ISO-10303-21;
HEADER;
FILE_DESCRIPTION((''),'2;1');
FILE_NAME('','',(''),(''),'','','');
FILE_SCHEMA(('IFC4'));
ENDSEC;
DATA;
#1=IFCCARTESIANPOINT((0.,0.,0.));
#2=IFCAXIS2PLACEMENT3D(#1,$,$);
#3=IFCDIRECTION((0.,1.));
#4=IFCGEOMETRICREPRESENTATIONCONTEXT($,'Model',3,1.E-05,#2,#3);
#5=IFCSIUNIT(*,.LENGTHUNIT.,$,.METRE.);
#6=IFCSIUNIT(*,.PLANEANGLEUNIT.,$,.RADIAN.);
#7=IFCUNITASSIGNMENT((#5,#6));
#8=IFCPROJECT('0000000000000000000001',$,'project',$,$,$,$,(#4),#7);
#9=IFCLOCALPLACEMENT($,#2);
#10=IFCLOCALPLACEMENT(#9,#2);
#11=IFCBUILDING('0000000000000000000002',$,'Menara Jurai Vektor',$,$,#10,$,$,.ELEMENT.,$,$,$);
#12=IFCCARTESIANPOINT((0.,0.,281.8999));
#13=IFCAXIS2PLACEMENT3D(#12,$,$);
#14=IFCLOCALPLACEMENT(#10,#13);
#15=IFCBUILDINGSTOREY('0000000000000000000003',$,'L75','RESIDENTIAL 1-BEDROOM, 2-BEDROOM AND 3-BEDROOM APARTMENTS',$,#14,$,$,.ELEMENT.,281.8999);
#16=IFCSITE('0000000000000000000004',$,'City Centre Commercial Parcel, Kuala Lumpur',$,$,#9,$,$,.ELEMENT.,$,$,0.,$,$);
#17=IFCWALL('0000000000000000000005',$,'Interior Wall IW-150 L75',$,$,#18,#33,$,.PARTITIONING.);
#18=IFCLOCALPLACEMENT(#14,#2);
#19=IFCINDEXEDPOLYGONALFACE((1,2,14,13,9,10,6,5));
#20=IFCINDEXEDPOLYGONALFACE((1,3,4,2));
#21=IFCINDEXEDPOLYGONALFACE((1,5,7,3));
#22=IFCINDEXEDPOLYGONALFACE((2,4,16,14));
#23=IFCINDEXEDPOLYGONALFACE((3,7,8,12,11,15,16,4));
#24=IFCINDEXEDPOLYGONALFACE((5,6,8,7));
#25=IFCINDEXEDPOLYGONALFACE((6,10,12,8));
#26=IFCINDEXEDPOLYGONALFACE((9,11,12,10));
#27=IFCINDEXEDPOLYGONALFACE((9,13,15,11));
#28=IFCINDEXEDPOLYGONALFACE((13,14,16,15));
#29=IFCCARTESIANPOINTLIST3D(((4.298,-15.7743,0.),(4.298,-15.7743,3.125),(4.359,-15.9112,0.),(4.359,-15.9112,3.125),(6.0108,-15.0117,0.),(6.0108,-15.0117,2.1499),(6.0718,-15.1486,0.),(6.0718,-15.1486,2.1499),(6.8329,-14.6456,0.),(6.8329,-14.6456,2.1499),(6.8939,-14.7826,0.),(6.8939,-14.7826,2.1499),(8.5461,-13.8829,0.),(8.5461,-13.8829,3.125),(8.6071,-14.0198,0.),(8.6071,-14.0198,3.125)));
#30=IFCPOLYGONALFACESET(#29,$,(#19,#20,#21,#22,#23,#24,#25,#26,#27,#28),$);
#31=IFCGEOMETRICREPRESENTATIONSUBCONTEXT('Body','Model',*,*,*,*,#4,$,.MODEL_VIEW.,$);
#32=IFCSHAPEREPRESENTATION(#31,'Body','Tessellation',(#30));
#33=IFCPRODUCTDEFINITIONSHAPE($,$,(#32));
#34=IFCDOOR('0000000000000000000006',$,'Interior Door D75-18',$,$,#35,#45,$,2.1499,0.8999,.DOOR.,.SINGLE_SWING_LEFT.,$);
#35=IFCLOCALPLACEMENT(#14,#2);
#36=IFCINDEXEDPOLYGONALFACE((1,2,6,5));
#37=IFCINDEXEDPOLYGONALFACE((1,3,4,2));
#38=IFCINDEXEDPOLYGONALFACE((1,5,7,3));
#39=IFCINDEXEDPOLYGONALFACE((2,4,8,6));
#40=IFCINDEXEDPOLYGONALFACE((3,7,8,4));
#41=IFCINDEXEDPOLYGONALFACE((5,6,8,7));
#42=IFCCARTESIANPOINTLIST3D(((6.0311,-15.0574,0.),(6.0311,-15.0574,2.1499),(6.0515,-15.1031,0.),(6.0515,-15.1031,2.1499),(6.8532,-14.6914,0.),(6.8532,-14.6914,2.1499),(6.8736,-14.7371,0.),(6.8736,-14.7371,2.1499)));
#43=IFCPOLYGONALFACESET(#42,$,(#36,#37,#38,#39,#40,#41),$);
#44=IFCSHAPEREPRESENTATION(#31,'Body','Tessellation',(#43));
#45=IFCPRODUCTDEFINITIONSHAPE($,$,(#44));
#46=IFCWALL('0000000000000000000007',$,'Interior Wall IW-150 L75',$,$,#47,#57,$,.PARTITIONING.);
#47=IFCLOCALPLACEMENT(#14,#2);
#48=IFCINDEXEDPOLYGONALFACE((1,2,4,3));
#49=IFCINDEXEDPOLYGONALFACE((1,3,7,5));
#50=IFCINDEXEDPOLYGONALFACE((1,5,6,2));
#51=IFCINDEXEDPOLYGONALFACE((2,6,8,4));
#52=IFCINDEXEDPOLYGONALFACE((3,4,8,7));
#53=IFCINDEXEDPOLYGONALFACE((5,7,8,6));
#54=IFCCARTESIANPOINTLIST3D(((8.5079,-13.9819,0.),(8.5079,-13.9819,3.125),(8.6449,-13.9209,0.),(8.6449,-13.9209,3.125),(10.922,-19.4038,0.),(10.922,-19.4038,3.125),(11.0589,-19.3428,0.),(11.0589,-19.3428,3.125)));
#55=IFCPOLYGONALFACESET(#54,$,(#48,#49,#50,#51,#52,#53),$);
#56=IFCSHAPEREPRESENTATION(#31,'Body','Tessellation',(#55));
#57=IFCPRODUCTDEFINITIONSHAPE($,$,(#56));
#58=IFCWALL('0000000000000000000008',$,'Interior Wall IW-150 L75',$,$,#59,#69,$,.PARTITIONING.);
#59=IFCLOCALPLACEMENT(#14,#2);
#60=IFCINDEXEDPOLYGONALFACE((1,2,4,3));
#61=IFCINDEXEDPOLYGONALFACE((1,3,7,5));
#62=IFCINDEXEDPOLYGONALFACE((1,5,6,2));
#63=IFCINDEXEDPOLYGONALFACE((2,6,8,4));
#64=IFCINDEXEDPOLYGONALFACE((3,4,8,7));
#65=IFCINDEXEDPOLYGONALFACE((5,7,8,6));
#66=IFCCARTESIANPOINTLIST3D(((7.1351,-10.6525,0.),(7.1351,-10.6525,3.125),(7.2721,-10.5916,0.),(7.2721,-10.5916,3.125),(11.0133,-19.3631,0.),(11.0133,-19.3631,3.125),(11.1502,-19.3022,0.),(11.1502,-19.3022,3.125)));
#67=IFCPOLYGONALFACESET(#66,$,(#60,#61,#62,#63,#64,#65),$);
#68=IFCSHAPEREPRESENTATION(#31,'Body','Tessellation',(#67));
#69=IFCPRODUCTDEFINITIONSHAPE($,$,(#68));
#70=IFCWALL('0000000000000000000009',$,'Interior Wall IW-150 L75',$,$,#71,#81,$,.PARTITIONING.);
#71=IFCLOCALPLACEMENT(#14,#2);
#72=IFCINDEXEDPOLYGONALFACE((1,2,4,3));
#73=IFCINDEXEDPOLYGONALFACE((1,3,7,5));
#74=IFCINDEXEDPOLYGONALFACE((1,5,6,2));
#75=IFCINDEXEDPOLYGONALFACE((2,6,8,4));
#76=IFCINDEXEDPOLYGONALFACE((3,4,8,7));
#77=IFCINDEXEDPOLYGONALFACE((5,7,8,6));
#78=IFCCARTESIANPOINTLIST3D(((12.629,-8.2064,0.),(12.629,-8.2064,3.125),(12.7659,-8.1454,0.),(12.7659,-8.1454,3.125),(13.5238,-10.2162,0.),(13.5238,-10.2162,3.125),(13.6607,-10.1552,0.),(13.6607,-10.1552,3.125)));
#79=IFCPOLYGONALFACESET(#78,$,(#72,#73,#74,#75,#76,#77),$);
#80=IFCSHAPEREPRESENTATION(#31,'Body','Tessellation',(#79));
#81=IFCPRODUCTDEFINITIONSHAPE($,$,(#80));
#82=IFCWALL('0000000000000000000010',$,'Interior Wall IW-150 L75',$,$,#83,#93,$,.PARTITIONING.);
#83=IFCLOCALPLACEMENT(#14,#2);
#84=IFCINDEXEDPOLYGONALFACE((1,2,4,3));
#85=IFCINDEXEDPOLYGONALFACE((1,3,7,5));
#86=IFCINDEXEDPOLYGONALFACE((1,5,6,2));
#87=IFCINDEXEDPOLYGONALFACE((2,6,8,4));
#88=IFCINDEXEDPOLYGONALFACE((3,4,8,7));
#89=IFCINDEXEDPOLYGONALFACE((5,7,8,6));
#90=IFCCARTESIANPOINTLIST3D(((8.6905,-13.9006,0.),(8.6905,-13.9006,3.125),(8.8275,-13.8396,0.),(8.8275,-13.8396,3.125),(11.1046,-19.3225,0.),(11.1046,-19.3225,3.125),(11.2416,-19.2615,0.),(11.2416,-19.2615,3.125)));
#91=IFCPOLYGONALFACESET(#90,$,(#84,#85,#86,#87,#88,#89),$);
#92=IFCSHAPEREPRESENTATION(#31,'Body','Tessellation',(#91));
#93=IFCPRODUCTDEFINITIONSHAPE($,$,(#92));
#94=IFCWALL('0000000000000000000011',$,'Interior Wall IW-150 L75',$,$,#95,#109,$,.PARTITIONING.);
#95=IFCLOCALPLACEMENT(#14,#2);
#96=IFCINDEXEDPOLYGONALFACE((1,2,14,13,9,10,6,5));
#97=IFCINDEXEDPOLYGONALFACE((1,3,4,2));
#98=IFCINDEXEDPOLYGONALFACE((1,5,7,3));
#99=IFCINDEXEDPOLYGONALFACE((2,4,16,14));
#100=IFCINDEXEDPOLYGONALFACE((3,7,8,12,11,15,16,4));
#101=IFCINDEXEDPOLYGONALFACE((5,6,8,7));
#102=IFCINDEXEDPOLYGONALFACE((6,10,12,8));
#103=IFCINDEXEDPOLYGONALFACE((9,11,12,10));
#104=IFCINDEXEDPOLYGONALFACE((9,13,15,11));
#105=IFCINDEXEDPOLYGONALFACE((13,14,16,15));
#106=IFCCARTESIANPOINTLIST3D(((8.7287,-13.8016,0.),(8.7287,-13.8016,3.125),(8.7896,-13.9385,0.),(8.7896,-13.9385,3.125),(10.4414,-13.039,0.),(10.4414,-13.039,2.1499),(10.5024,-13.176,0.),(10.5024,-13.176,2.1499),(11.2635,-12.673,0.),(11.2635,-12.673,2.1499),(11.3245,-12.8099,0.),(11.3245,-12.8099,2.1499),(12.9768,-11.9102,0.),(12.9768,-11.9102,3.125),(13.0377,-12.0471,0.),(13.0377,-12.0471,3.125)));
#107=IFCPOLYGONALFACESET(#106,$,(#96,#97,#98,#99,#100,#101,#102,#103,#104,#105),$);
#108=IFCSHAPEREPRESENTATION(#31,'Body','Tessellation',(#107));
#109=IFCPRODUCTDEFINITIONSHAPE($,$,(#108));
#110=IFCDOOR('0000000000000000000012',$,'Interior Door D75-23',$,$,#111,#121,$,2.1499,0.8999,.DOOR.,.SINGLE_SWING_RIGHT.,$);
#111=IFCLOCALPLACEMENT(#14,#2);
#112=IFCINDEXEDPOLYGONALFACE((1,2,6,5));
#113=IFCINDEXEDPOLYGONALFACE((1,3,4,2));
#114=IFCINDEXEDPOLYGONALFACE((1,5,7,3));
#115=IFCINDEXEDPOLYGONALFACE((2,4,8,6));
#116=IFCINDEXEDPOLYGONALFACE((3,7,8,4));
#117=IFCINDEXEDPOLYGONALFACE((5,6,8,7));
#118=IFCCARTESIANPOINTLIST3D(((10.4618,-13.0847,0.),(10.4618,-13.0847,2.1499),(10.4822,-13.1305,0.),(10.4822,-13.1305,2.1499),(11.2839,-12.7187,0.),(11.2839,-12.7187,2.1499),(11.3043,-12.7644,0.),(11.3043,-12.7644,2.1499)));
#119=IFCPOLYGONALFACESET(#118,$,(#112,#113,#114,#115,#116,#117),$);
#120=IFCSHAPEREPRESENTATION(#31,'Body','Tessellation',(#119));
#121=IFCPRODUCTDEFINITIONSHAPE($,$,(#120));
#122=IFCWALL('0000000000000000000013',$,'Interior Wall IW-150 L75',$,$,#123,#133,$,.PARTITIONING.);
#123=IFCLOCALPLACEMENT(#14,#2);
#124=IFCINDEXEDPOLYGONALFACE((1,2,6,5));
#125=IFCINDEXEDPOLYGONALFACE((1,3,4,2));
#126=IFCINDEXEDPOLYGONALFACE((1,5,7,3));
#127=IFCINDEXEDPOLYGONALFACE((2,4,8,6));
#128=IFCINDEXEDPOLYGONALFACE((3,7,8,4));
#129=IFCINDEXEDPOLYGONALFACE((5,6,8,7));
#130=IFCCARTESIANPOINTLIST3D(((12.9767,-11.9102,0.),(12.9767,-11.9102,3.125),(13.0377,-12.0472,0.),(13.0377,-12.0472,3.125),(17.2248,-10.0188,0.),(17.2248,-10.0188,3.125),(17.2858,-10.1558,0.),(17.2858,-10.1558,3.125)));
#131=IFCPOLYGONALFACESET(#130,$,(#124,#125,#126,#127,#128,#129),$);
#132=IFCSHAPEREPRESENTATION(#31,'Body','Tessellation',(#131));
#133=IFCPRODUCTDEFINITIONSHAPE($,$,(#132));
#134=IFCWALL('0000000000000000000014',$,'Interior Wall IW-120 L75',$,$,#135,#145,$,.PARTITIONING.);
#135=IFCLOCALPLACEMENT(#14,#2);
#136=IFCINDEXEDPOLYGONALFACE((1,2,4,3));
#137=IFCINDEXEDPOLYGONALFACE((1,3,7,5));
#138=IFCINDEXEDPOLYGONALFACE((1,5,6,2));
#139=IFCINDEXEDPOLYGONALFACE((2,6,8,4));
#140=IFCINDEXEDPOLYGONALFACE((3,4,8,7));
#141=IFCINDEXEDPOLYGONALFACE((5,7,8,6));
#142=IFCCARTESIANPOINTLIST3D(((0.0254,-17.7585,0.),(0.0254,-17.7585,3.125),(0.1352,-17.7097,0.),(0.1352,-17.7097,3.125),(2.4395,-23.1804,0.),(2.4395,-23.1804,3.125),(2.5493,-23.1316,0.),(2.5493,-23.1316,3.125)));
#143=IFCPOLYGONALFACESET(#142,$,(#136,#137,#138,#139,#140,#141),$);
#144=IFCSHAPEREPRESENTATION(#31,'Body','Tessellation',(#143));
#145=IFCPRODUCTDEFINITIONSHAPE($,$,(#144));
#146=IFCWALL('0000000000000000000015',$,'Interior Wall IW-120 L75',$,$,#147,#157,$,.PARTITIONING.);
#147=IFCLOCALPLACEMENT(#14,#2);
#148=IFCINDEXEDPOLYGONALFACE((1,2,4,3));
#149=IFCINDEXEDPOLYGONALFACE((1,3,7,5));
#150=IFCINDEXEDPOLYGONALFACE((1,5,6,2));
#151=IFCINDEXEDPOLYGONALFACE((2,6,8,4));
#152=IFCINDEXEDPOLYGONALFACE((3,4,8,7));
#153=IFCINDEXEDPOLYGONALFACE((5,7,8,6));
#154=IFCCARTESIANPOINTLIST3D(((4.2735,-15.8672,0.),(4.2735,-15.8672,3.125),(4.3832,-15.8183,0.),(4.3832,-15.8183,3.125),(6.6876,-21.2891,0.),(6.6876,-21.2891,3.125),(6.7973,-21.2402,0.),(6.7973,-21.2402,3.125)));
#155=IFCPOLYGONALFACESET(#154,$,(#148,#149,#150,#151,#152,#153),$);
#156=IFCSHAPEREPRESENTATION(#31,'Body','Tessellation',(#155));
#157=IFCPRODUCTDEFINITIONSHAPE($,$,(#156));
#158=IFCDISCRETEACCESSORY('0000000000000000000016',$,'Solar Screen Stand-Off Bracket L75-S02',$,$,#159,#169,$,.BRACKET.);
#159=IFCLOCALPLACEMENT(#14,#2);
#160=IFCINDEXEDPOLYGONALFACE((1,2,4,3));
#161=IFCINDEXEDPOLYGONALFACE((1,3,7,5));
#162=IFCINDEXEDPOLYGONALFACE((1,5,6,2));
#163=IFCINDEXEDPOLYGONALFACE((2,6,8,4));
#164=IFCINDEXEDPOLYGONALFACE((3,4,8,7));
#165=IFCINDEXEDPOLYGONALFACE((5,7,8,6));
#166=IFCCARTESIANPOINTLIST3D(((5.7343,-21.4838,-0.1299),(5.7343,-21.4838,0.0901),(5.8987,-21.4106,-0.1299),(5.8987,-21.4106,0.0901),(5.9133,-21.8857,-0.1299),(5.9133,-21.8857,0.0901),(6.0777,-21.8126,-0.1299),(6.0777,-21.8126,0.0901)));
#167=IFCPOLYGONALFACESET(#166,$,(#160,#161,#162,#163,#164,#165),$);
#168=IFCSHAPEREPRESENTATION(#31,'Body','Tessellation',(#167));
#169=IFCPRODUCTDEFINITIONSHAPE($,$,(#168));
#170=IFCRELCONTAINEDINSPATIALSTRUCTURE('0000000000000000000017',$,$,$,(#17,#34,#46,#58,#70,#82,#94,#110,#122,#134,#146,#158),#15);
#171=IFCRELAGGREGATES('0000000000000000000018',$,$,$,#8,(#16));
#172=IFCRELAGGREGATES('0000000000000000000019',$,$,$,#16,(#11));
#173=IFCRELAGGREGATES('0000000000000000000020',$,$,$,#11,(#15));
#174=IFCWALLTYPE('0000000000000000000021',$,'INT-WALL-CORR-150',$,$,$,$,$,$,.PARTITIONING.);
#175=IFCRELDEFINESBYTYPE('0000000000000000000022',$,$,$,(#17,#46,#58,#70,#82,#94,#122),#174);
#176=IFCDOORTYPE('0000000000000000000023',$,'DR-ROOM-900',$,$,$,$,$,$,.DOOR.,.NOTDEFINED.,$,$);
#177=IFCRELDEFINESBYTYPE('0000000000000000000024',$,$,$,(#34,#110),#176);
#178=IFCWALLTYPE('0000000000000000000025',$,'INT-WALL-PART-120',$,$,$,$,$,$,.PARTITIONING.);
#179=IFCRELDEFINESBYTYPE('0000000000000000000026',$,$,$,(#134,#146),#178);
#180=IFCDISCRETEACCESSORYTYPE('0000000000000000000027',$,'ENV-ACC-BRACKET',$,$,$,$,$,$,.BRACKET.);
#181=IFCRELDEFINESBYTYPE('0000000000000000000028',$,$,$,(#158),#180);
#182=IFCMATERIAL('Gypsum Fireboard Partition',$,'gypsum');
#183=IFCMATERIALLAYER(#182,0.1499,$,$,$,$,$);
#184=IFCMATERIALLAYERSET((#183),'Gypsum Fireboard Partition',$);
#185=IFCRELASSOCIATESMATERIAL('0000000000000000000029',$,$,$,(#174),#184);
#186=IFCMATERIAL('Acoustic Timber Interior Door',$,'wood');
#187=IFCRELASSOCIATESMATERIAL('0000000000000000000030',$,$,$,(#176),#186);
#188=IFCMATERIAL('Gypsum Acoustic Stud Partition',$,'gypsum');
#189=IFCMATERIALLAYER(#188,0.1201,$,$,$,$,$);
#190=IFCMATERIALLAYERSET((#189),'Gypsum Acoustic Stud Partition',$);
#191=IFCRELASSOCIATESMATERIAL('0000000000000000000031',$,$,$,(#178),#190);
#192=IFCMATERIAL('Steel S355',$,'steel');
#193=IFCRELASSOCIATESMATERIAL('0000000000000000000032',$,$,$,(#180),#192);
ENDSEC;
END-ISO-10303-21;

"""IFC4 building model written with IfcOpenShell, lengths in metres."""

from ifc_helpers import new_model, si_unit, direction, frame, frame_2d, origin, origin_2d, place, context, subcontext, project, spatial, rectangle, extrude, material, layer, layer_set, type_object, element, fill, save


model = new_model("IFC4")

# Units and contexts
model_context = context("Model", 3, precision=1e-05, world=origin(), true_north=direction((0.0, 1.0)))
body_context = subcontext(model_context, "Body", "Model", "MODEL_VIEW")
ifc_project = project(units=[si_unit("LENGTHUNIT", "METRE"), si_unit("PLANEANGLEUNIT", "RADIAN")], contexts=[model_context])

# Site, building, storey
site_placement = place(None, origin())
site = spatial("IfcSite", under=ifc_project, at=site_placement, Name="City Centre Commercial Parcel, Kuala Lumpur", CompositionType="ELEMENT", RefElevation=0.0)
building_placement = place(site_placement, origin())
building = spatial("IfcBuilding", under=site, at=building_placement, Name="Menara Jurai Vektor", CompositionType="ELEMENT")
storey_placement = place(building_placement, frame((0.0, 0.0, 281.8999)))
storey = spatial("IfcBuildingStorey", under=building, at=storey_placement, Name="L75", Description="RESIDENTIAL 1-BEDROOM, 2-BEDROOM AND 3-BEDROOM APARTMENTS", CompositionType="ELEMENT", Elevation=281.8999)

# Shared definitions
ifc_material_1 = material(Name="Steel S355", Category="steel")

# Shared definitions
ifc_material_2 = material(Name="Gypsum Fireboard Partition", Category="gypsum")
ifc_layer_1 = layer(ifc_material_2, 0.1499)
ifc_layer_set_1 = layer_set([ifc_layer_1], Name="Gypsum Fireboard Partition")
wall_type_1 = type_object("IfcWallType", Name="INT-WALL-CORR-150", PredefinedType="PARTITIONING", material=ifc_layer_set_1)

# Wall, opening, door
ifc_material_3 = material(Name="Acoustic Timber Interior Door", Category="wood")
door_type = type_object("IfcDoorType", Name="DR-ROOM-900", OperationType="NOTDEFINED", PredefinedType="DOOR", material=ifc_material_3)
wall_1_placement = place(storey_placement, frame((4.3284, -15.8428, 0.0), z_axis=(0.0, 0.0, 1.0), x_axis=(0.913545, 0.406738, 0.0)))
wall_1 = element("IfcWall", 1, at=wall_1_placement, inside=storey, type_object=wall_type_1, Name="Interior Wall IW-150 L75", PredefinedType="PARTITIONING", context=body_context, shape_type="SweptSolid", body=[
    extrude(rectangle(XDim=4.6501, YDim=0.1499, at=frame_2d((2.3252, 0.0))), origin(), (0.0, 0.0, 1.0), 3.125),
])
opening_1_placement = place(wall_1_placement, frame((1.875, 0.0, 0.0)))
opening_1 = element("IfcOpeningElement", 2, at=opening_1_placement, cuts=wall_1, PredefinedType="OPENING", context=body_context, shape_type="SweptSolid", body=[
    extrude(rectangle(XDim=0.8999, YDim=2.1499, at=frame_2d((0.45, 1.075))), frame((0.0, 0.085, 0.0), z_axis=(0.0, -1.0, 0.0), x_axis=(1.0, 0.0, 0.0)), (0.0, 0.0, 1.0), 0.1699),
])
door_1_placement = place(opening_1_placement, origin())
door_1 = element("IfcDoor", 3, at=door_1_placement, inside=storey, type_object=door_type, Name="Interior Door D75-18", OperationType="SINGLE_SWING_LEFT", OverallHeight=2.1499, OverallWidth=0.8999, PredefinedType="DOOR", context=body_context, shape_type="SweptSolid", body=[
    extrude(rectangle(XDim=0.8999, YDim=2.1499, at=frame_2d((0.45, 1.075))), frame((0.0, 0.0249, 0.0), z_axis=(0.0, -1.0, 0.0), x_axis=(1.0, 0.0, 0.0)), (0.0, 0.0, 1.0), 0.05),
])
fill(opening_1, door_1)

# Walls
wall_2_placement = place(storey_placement, frame((10.9905, -19.3733, 0.0), z_axis=(0.0, 0.0, 1.0), x_axis=(-0.406749, 0.91354, 0.0)))
element("IfcWall", 4, at=wall_2_placement, inside=storey, type_object=wall_type_1, Name="Interior Wall IW-150 L75", PredefinedType="PARTITIONING", context=body_context, shape_type="SweptSolid", body=[
    extrude(rectangle(XDim=5.9351, YDim=0.1499, at=frame_2d((2.9675, 0.0))), origin(), (0.0, 0.0, 1.0), 3.125),
])
wall_3_placement = place(storey_placement, frame((11.0818, -19.3328, 0.0), z_axis=(0.0, 0.0, 1.0), x_axis=(-0.40673, 0.913548, 0.0)))
element("IfcWall", 5, at=wall_3_placement, inside=storey, type_object=wall_type_1, Name="Interior Wall IW-150 L75", PredefinedType="PARTITIONING", context=body_context, shape_type="SweptSolid", body=[
    extrude(rectangle(XDim=9.5349, YDim=0.1499, at=frame_2d((4.7676, 0.0))), origin(), (0.0, 0.0, 1.0), 3.125),
])
wall_4_placement = place(storey_placement, frame((13.5923, -10.1858, 0.0), z_axis=(0.0, 0.0, 1.0), x_axis=(-0.406725, 0.913551, 0.0)))
element("IfcWall", 6, at=wall_4_placement, inside=storey, type_object=wall_type_1, Name="Interior Wall IW-150 L75", PredefinedType="PARTITIONING", context=body_context, shape_type="SweptSolid", body=[
    extrude(rectangle(XDim=2.2, YDim=0.1499, at=frame_2d((1.1001, 0.0))), origin(), (0.0, 0.0, 1.0), 3.125),
])
wall_5_placement = place(storey_placement, frame((11.1731, -19.292, 0.0), z_axis=(0.0, 0.0, 1.0), x_axis=(-0.406749, 0.91354, 0.0)))
element("IfcWall", 7, at=wall_5_placement, inside=storey, type_object=wall_type_1, Name="Interior Wall IW-150 L75", PredefinedType="PARTITIONING", context=body_context, shape_type="SweptSolid", body=[
    extrude(rectangle(XDim=5.9351, YDim=0.1499, at=frame_2d((2.9675, 0.0))), origin(), (0.0, 0.0, 1.0), 3.125),
])

# Wall, opening, door
wall_6_placement = place(storey_placement, frame((8.759, -13.8701, 0.0), z_axis=(0.0, 0.0, 1.0), x_axis=(0.913545, 0.406738, 0.0)))
wall_6 = element("IfcWall", 8, at=wall_6_placement, inside=storey, type_object=wall_type_1, Name="Interior Wall IW-150 L75", PredefinedType="PARTITIONING", context=body_context, shape_type="SweptSolid", body=[
    extrude(rectangle(XDim=4.6501, YDim=0.1499, at=frame_2d((2.3252, 0.0))), origin(), (0.0, 0.0, 1.0), 3.125),
])
opening_2_placement = place(wall_6_placement, frame((1.875, 0.0, 0.0)))
opening_2 = element("IfcOpeningElement", 9, at=opening_2_placement, cuts=wall_6, PredefinedType="OPENING", context=body_context, shape_type="SweptSolid", body=[
    extrude(rectangle(XDim=0.8999, YDim=2.1499, at=frame_2d((0.45, 1.075))), frame((0.0, 0.085, 0.0), z_axis=(0.0, -1.0, 0.0), x_axis=(1.0, 0.0, 0.0)), (0.0, 0.0, 1.0), 0.1699),
])
door_2_placement = place(opening_2_placement, origin())
door_2 = element("IfcDoor", 10, at=door_2_placement, inside=storey, type_object=door_type, Name="Interior Door D75-23", OperationType="SINGLE_SWING_RIGHT", OverallHeight=2.1499, OverallWidth=0.8999, PredefinedType="DOOR", context=body_context, shape_type="SweptSolid", body=[
    extrude(rectangle(XDim=0.8999, YDim=2.1499, at=frame_2d((0.45, 1.075))), frame((0.0, 0.0249, 0.0), z_axis=(0.0, -1.0, 0.0), x_axis=(1.0, 0.0, 0.0)), (0.0, 0.0, 1.0), 0.05),
])
fill(opening_2, door_2)

# Walls
wall_7_placement = place(storey_placement, frame((13.0071, -11.9788, 0.0), z_axis=(0.0, 0.0, 1.0), x_axis=(0.913545, 0.406738, 0.0)))
element("IfcWall", 11, at=wall_7_placement, inside=storey, type_object=wall_type_1, Name="Interior Wall IW-150 L75", PredefinedType="PARTITIONING", context=body_context, shape_type="SweptSolid", body=[
    extrude(rectangle(XDim=4.6501, YDim=0.1499, at=frame_2d((2.3252, 0.0))), origin(), (0.0, 0.0, 1.0), 3.125),
])
ifc_material_4 = material(Name="Gypsum Acoustic Stud Partition", Category="gypsum")
ifc_layer_2 = layer(ifc_material_4, 0.1201)
ifc_layer_set_2 = layer_set([ifc_layer_2], Name="Gypsum Acoustic Stud Partition")
wall_type_2 = type_object("IfcWallType", Name="INT-WALL-PART-120", PredefinedType="PARTITIONING", material=ifc_layer_set_2)
for number, where, z_axis, x_axis, name in (
    (12, (2.4944, -23.156, 0.0), (0.0, 0.0, 1.0), (-0.406749, 0.91354, 0.0), "Interior Wall IW-120 L75"),
    (13, (6.7424, -21.2646, 0.0), (0.0, 0.0, 1.0), (-0.406749, 0.91354, 0.0), "Interior Wall IW-120 L75"),
):
    element("IfcWall", number, at=place(storey_placement, frame(where, z_axis=z_axis, x_axis=x_axis)), inside=storey, type_object=wall_type_2, Name=name, PredefinedType="PARTITIONING", context=body_context, shape_type="SweptSolid", body=[
        extrude(rectangle(XDim=5.9351, YDim=0.1201, at=frame_2d((2.9675, 0.0))), origin(), (0.0, 0.0, 1.0), 3.125),
    ])

# Discrete accessory
discrete_accessory_type = type_object("IfcDiscreteAccessoryType", Name="ENV-ACC-BRACKET", PredefinedType="BRACKET", material=ifc_material_1)
discrete_accessory_placement = place(storey_placement, frame((5.906, -21.6482, -0.1299), z_axis=(0.0, 0.0, 1.0), x_axis=(0.913545, 0.406737, 0.0)))
element("IfcDiscreteAccessory", 14, at=discrete_accessory_placement, inside=storey, type_object=discrete_accessory_type, Name="Solar Screen Stand-Off Bracket L75-S02", PredefinedType="BRACKET", context=body_context, shape_type="SweptSolid", body=[
    extrude(rectangle(XDim=0.1799, YDim=0.4399, at=origin_2d()), origin(), (0.0, 0.0, 1.0), 0.22),
])

save(model, "model.ifc")
